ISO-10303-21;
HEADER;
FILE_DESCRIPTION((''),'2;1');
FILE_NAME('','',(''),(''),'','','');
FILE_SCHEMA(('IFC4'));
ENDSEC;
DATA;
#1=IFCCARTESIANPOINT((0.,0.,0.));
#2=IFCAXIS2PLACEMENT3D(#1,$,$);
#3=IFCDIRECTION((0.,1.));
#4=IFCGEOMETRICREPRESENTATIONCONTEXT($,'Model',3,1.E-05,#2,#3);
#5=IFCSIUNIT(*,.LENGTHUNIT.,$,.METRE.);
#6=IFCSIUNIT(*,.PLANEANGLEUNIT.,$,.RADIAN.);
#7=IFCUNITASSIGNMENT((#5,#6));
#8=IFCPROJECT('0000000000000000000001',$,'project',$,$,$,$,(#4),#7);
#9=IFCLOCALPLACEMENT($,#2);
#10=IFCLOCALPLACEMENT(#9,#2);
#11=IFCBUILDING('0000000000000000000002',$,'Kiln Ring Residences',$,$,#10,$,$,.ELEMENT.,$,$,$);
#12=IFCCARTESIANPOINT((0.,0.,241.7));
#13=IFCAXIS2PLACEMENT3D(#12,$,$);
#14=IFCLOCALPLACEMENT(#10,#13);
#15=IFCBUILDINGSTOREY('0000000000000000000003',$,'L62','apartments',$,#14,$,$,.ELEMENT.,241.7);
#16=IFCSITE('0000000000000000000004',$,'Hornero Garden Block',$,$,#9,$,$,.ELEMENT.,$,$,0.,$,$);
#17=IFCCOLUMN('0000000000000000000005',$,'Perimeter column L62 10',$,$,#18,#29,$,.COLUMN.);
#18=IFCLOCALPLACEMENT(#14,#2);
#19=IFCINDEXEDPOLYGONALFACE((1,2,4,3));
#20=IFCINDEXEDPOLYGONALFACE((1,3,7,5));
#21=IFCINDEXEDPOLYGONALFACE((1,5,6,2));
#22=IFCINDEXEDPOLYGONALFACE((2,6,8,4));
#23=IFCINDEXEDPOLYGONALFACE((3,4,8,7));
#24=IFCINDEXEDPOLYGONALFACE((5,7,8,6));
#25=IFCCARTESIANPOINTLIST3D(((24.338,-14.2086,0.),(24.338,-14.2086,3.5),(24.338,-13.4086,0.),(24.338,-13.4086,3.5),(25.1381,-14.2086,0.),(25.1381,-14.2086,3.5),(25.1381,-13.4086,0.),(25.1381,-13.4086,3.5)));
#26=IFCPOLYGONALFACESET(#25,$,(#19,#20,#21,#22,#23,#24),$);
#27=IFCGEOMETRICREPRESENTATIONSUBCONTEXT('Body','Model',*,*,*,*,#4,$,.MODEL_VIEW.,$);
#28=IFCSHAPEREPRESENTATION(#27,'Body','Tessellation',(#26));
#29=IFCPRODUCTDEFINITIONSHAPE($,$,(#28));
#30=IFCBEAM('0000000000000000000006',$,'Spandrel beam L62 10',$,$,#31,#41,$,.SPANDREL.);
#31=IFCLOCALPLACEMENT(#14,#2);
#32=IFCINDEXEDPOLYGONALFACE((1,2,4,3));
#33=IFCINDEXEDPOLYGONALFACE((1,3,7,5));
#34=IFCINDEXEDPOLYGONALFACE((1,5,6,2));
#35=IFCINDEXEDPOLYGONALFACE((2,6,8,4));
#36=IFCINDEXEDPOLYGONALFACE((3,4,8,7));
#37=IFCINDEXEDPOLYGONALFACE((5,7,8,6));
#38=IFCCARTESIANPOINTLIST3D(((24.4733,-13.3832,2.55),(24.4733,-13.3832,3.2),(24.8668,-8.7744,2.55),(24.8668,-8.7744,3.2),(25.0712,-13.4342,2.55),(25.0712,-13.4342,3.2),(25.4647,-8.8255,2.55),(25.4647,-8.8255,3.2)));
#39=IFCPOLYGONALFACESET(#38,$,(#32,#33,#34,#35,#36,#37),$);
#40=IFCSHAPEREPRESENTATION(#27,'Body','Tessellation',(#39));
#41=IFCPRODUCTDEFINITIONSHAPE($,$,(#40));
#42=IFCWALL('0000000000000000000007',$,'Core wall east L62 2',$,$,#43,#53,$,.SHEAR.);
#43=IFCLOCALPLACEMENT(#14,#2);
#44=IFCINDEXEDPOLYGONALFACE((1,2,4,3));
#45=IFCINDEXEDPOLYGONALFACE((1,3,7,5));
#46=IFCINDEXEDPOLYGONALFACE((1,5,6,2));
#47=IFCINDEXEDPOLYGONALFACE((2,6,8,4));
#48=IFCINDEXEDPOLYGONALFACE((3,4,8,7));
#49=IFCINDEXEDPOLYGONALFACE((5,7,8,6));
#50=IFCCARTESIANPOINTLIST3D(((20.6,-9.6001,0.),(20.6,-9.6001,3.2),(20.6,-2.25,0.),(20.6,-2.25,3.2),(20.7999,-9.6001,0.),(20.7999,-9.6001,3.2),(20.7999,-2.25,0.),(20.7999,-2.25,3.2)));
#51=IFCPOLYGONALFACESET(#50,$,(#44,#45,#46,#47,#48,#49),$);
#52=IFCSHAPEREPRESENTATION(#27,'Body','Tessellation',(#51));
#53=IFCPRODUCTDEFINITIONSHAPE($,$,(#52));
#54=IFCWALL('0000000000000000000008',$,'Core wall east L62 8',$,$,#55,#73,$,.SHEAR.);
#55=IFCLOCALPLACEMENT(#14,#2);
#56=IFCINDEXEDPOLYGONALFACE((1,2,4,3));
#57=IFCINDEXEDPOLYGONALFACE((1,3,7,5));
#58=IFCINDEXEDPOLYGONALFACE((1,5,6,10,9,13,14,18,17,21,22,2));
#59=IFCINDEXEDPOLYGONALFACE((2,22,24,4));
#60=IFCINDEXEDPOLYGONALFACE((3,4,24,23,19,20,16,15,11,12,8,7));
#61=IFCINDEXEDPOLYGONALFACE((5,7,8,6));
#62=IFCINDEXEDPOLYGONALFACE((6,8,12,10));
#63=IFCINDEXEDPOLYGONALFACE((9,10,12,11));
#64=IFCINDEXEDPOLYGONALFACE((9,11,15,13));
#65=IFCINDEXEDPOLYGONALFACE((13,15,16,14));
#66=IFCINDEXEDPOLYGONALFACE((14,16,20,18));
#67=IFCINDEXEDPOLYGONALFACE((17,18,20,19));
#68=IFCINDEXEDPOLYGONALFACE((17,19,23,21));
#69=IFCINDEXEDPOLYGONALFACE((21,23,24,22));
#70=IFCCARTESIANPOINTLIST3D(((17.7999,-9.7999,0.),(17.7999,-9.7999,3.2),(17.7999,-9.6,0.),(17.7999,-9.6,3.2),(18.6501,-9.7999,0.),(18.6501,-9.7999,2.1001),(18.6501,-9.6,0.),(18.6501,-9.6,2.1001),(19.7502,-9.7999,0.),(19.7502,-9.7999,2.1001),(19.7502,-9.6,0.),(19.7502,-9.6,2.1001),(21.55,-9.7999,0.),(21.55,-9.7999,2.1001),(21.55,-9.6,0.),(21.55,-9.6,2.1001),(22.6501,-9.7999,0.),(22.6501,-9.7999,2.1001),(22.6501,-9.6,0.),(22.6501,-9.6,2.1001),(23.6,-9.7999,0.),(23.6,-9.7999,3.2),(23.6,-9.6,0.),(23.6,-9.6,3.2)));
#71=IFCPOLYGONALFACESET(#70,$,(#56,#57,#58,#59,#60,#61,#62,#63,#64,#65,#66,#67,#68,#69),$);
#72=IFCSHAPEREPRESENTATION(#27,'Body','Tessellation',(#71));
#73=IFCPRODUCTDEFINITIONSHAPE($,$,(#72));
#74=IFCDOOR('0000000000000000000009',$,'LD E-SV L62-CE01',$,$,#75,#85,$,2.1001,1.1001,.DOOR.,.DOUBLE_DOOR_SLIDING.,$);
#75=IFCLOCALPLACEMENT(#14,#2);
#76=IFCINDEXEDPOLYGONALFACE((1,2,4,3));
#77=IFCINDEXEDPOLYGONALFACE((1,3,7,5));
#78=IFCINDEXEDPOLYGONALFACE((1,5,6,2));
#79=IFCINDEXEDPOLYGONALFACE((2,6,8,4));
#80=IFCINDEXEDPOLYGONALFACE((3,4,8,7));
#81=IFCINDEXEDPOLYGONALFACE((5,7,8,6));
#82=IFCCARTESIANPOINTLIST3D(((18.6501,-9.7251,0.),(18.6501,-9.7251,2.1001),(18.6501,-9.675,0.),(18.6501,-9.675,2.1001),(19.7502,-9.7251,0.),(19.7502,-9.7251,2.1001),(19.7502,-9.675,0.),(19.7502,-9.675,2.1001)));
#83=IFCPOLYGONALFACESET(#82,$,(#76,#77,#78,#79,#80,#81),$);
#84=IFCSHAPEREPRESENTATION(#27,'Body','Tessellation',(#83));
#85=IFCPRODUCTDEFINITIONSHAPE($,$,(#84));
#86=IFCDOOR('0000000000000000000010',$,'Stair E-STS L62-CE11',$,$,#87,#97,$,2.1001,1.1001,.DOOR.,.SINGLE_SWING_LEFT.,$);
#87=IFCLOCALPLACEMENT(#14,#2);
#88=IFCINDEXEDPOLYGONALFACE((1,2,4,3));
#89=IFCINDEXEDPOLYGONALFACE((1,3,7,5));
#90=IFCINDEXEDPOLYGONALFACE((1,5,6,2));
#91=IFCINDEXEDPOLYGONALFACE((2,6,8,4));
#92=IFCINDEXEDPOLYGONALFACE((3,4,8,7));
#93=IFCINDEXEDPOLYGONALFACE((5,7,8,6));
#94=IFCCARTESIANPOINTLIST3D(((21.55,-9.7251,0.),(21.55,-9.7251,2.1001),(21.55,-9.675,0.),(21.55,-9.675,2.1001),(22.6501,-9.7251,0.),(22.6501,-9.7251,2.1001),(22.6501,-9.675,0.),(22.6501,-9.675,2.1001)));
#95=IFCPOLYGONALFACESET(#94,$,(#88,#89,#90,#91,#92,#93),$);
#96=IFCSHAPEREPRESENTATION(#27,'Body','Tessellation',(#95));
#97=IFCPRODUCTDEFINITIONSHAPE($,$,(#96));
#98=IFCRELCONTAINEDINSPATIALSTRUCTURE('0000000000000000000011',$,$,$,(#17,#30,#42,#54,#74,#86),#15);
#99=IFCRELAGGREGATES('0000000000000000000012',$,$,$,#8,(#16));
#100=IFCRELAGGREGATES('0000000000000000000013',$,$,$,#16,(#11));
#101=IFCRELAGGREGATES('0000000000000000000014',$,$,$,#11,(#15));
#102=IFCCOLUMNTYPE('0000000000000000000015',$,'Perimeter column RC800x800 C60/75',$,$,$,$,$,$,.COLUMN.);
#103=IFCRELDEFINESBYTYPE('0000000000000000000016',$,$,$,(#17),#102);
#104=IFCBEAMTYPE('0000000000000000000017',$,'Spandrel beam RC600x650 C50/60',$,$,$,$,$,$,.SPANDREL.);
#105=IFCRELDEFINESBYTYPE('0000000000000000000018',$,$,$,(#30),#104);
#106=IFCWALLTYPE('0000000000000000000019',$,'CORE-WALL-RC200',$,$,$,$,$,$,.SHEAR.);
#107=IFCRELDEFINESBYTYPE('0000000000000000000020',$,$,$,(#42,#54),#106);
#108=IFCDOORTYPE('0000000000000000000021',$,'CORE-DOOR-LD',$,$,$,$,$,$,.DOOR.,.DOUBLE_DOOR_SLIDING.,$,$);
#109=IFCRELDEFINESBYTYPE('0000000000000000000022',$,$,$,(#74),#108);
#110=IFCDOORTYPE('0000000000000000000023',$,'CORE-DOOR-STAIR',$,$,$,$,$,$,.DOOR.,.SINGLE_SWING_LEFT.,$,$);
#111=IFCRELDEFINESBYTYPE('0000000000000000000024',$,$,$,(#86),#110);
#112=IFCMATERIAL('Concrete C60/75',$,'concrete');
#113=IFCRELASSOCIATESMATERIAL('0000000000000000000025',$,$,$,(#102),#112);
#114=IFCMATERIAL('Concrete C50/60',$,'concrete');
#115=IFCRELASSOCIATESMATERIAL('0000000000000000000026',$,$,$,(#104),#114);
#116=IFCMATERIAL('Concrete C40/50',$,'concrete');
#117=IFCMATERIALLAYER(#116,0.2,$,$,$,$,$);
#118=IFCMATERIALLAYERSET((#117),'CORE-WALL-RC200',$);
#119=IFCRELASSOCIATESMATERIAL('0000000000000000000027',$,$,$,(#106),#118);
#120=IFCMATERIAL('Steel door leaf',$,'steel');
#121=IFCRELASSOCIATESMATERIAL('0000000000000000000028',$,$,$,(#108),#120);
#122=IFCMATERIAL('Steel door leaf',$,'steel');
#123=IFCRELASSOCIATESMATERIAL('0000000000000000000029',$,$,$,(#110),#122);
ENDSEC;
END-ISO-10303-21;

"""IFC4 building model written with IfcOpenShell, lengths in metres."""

from ifc_helpers import new_model, si_unit, direction, frame, frame_2d, origin, origin_2d, place, context, subcontext, project, spatial, rectangle, extrude, material, layer, layer_set, material_profile, profile_set, type_object, element, fill, save


model = new_model("IFC4")

# Units and contexts
model_context = context("Model", 3, precision=1e-05, world=origin(), true_north=direction((0.0, 1.0)))
body_context = subcontext(model_context, "Body", "Model", "MODEL_VIEW")
ifc_project = project(units=[si_unit("LENGTHUNIT", "METRE"), si_unit("PLANEANGLEUNIT", "RADIAN")], contexts=[model_context])

# Site, building, storey
site_placement = place(None, origin())
site = spatial("IfcSite", under=ifc_project, at=site_placement, Name="Hornero Garden Block", CompositionType="ELEMENT", RefElevation=0.0)
building_placement = place(site_placement, origin())
building = spatial("IfcBuilding", under=site, at=building_placement, Name="Kiln Ring Residences", CompositionType="ELEMENT")
storey_placement = place(building_placement, frame((0.0, 0.0, 241.7)))
storey = spatial("IfcBuildingStorey", under=building, at=storey_placement, Name="L62", Description="apartments", CompositionType="ELEMENT", Elevation=241.7)

# Column
ifc_material_1 = material(Name="Concrete C60/75", Category="concrete")
ifc_material_profile_1 = material_profile(ifc_material_1, rectangle(XDim=0.8, YDim=0.8, at=origin_2d()), Name="RC800x800")
ifc_profile_set_1 = profile_set([ifc_material_profile_1], Name="Concrete C60/75")
column_type = type_object("IfcColumnType", Name="Perimeter column RC800x800 C60/75", PredefinedType="COLUMN", material=ifc_profile_set_1)
column_placement = place(storey_placement, frame((24.738, -13.8086, 0.0), z_axis=(0.0, 0.0, 1.0), x_axis=(1.0, 0.0, 0.0)))
element("IfcColumn", 1, at=column_placement, inside=storey, type_object=column_type, Name="Perimeter column L62 10", PredefinedType="COLUMN", context=body_context, shape_type="SweptSolid", body=[
    extrude(rectangle(XDim=0.8, YDim=0.8, at=origin_2d()), origin(), (0.0, 0.0, 1.0), 3.5),
])

# Beam
ifc_material_2 = material(Name="Concrete C50/60", Category="concrete")
ifc_material_profile_2 = material_profile(ifc_material_2, rectangle(XDim=0.6001, YDim=0.6499, at=origin_2d()), Name="RC600x650")
ifc_profile_set_2 = profile_set([ifc_material_profile_2], Name="Concrete C50/60")
beam_type = type_object("IfcBeamType", Name="Spandrel beam RC600x650 C50/60", PredefinedType="SPANDREL", material=ifc_profile_set_2)
beam_placement = place(storey_placement, frame((24.7722, -13.4087, 2.875), z_axis=(0.085085, 0.996374, 0.0), x_axis=(-0.996374, 0.085085, 0.0)))
element("IfcBeam", 2, at=beam_placement, inside=storey, type_object=beam_type, Name="Spandrel beam L62 10", PredefinedType="SPANDREL", context=body_context, shape_type="SweptSolid", body=[
    extrude(rectangle(XDim=0.6001, YDim=0.6499, at=origin_2d()), origin(), (0.0, 0.0, 1.0), 4.6255),
])

# Wall
ifc_material_3 = material(Name="Concrete C40/50", Category="concrete")
ifc_layer_1 = layer(ifc_material_3, 0.2)
ifc_layer_set_1 = layer_set([ifc_layer_1], Name="CORE-WALL-RC200")
wall_type_1 = type_object("IfcWallType", Name="CORE-WALL-RC200", PredefinedType="SHEAR", material=ifc_layer_set_1)
wall_1_placement = place(storey_placement, frame((20.7, -9.6001, 0.0), z_axis=(0.0, 0.0, 1.0), x_axis=(0.0, 1.0, 0.0)))
element("IfcWall", 3, at=wall_1_placement, inside=storey, type_object=wall_type_1, Name="Core wall east L62 2", PredefinedType="SHEAR", context=body_context, shape_type="SweptSolid", body=[
    extrude(rectangle(XDim=7.3501, YDim=0.2, at=frame_2d((3.675, 0.0))), origin(), (0.0, 0.0, 1.0), 3.2),
])

# Wall, openings, doors
wall_2_placement = place(storey_placement, frame((17.8, -9.7, 0.0), z_axis=(0.0, 0.0, 1.0), x_axis=(1.0, 0.0, 0.0)))
wall_2 = element("IfcWall", 4, at=wall_2_placement, inside=storey, type_object=wall_type_1, Name="Core wall east L62 8", PredefinedType="SHEAR", context=body_context, shape_type="SweptSolid", body=[
    extrude(rectangle(XDim=5.8, YDim=0.2, at=frame_2d((2.8999, 0.0))), origin(), (0.0, 0.0, 1.0), 3.2),
])
opening_1_placement = place(wall_2_placement, frame((0.8501, 0.0, 0.0)))
opening_1 = element("IfcOpeningElement", 5, at=opening_1_placement, cuts=wall_2, PredefinedType="OPENING", context=body_context, shape_type="SweptSolid", body=[
    extrude(rectangle(XDim=1.1001, YDim=2.1001, at=frame_2d((0.55, 1.05))), frame((0.0, 0.1099, 0.0), z_axis=(0.0, -1.0, 0.0), x_axis=(1.0, 0.0, 0.0)), (0.0, 0.0, 1.0), 0.22),
])
opening_2_placement = place(wall_2_placement, frame((3.75, 0.0, 0.0)))
opening_2 = element("IfcOpeningElement", 6, at=opening_2_placement, cuts=wall_2, PredefinedType="OPENING", context=body_context, shape_type="SweptSolid", body=[
    extrude(rectangle(XDim=1.1001, YDim=2.1001, at=frame_2d((0.55, 1.05))), frame((0.0, 0.1099, 0.0), z_axis=(0.0, -1.0, 0.0), x_axis=(1.0, 0.0, 0.0)), (0.0, 0.0, 1.0), 0.22),
])
ifc_material_4 = material(Name="Steel door leaf", Category="steel")
door_type_1 = type_object("IfcDoorType", Name="CORE-DOOR-LD", OperationType="DOUBLE_DOOR_SLIDING", PredefinedType="DOOR", material=ifc_material_4)
door_1_placement = place(opening_1_placement, origin())
door_1 = element("IfcDoor", 7, at=door_1_placement, inside=storey, type_object=door_type_1, Name="LD E-SV L62-CE01", OperationType="DOUBLE_DOOR_SLIDING", OverallHeight=2.1001, OverallWidth=1.1001, PredefinedType="DOOR", context=body_context, shape_type="SweptSolid", body=[
    extrude(rectangle(XDim=1.1001, YDim=2.1001, at=frame_2d((0.55, 1.05))), frame((0.0, 0.0249, 0.0), z_axis=(0.0, -1.0, 0.0), x_axis=(1.0, 0.0, 0.0)), (0.0, 0.0, 1.0), 0.05),
])
fill(opening_1, door_1)
ifc_material_5 = material(Name="Steel door leaf", Category="steel")
door_type_2 = type_object("IfcDoorType", Name="CORE-DOOR-STAIR", OperationType="SINGLE_SWING_LEFT", PredefinedType="DOOR", material=ifc_material_5)
door_2_placement = place(opening_2_placement, origin())
door_2 = element("IfcDoor", 8, at=door_2_placement, inside=storey, type_object=door_type_2, Name="Stair E-STS L62-CE11", OperationType="SINGLE_SWING_LEFT", OverallHeight=2.1001, OverallWidth=1.1001, PredefinedType="DOOR", context=body_context, shape_type="SweptSolid", body=[
    extrude(rectangle(XDim=1.1001, YDim=2.1001, at=frame_2d((0.55, 1.05))), frame((0.0, 0.0249, 0.0), z_axis=(0.0, -1.0, 0.0), x_axis=(1.0, 0.0, 0.0)), (0.0, 0.0, 1.0), 0.05),
])
fill(opening_2, door_2)

save(model, "model.ifc")
